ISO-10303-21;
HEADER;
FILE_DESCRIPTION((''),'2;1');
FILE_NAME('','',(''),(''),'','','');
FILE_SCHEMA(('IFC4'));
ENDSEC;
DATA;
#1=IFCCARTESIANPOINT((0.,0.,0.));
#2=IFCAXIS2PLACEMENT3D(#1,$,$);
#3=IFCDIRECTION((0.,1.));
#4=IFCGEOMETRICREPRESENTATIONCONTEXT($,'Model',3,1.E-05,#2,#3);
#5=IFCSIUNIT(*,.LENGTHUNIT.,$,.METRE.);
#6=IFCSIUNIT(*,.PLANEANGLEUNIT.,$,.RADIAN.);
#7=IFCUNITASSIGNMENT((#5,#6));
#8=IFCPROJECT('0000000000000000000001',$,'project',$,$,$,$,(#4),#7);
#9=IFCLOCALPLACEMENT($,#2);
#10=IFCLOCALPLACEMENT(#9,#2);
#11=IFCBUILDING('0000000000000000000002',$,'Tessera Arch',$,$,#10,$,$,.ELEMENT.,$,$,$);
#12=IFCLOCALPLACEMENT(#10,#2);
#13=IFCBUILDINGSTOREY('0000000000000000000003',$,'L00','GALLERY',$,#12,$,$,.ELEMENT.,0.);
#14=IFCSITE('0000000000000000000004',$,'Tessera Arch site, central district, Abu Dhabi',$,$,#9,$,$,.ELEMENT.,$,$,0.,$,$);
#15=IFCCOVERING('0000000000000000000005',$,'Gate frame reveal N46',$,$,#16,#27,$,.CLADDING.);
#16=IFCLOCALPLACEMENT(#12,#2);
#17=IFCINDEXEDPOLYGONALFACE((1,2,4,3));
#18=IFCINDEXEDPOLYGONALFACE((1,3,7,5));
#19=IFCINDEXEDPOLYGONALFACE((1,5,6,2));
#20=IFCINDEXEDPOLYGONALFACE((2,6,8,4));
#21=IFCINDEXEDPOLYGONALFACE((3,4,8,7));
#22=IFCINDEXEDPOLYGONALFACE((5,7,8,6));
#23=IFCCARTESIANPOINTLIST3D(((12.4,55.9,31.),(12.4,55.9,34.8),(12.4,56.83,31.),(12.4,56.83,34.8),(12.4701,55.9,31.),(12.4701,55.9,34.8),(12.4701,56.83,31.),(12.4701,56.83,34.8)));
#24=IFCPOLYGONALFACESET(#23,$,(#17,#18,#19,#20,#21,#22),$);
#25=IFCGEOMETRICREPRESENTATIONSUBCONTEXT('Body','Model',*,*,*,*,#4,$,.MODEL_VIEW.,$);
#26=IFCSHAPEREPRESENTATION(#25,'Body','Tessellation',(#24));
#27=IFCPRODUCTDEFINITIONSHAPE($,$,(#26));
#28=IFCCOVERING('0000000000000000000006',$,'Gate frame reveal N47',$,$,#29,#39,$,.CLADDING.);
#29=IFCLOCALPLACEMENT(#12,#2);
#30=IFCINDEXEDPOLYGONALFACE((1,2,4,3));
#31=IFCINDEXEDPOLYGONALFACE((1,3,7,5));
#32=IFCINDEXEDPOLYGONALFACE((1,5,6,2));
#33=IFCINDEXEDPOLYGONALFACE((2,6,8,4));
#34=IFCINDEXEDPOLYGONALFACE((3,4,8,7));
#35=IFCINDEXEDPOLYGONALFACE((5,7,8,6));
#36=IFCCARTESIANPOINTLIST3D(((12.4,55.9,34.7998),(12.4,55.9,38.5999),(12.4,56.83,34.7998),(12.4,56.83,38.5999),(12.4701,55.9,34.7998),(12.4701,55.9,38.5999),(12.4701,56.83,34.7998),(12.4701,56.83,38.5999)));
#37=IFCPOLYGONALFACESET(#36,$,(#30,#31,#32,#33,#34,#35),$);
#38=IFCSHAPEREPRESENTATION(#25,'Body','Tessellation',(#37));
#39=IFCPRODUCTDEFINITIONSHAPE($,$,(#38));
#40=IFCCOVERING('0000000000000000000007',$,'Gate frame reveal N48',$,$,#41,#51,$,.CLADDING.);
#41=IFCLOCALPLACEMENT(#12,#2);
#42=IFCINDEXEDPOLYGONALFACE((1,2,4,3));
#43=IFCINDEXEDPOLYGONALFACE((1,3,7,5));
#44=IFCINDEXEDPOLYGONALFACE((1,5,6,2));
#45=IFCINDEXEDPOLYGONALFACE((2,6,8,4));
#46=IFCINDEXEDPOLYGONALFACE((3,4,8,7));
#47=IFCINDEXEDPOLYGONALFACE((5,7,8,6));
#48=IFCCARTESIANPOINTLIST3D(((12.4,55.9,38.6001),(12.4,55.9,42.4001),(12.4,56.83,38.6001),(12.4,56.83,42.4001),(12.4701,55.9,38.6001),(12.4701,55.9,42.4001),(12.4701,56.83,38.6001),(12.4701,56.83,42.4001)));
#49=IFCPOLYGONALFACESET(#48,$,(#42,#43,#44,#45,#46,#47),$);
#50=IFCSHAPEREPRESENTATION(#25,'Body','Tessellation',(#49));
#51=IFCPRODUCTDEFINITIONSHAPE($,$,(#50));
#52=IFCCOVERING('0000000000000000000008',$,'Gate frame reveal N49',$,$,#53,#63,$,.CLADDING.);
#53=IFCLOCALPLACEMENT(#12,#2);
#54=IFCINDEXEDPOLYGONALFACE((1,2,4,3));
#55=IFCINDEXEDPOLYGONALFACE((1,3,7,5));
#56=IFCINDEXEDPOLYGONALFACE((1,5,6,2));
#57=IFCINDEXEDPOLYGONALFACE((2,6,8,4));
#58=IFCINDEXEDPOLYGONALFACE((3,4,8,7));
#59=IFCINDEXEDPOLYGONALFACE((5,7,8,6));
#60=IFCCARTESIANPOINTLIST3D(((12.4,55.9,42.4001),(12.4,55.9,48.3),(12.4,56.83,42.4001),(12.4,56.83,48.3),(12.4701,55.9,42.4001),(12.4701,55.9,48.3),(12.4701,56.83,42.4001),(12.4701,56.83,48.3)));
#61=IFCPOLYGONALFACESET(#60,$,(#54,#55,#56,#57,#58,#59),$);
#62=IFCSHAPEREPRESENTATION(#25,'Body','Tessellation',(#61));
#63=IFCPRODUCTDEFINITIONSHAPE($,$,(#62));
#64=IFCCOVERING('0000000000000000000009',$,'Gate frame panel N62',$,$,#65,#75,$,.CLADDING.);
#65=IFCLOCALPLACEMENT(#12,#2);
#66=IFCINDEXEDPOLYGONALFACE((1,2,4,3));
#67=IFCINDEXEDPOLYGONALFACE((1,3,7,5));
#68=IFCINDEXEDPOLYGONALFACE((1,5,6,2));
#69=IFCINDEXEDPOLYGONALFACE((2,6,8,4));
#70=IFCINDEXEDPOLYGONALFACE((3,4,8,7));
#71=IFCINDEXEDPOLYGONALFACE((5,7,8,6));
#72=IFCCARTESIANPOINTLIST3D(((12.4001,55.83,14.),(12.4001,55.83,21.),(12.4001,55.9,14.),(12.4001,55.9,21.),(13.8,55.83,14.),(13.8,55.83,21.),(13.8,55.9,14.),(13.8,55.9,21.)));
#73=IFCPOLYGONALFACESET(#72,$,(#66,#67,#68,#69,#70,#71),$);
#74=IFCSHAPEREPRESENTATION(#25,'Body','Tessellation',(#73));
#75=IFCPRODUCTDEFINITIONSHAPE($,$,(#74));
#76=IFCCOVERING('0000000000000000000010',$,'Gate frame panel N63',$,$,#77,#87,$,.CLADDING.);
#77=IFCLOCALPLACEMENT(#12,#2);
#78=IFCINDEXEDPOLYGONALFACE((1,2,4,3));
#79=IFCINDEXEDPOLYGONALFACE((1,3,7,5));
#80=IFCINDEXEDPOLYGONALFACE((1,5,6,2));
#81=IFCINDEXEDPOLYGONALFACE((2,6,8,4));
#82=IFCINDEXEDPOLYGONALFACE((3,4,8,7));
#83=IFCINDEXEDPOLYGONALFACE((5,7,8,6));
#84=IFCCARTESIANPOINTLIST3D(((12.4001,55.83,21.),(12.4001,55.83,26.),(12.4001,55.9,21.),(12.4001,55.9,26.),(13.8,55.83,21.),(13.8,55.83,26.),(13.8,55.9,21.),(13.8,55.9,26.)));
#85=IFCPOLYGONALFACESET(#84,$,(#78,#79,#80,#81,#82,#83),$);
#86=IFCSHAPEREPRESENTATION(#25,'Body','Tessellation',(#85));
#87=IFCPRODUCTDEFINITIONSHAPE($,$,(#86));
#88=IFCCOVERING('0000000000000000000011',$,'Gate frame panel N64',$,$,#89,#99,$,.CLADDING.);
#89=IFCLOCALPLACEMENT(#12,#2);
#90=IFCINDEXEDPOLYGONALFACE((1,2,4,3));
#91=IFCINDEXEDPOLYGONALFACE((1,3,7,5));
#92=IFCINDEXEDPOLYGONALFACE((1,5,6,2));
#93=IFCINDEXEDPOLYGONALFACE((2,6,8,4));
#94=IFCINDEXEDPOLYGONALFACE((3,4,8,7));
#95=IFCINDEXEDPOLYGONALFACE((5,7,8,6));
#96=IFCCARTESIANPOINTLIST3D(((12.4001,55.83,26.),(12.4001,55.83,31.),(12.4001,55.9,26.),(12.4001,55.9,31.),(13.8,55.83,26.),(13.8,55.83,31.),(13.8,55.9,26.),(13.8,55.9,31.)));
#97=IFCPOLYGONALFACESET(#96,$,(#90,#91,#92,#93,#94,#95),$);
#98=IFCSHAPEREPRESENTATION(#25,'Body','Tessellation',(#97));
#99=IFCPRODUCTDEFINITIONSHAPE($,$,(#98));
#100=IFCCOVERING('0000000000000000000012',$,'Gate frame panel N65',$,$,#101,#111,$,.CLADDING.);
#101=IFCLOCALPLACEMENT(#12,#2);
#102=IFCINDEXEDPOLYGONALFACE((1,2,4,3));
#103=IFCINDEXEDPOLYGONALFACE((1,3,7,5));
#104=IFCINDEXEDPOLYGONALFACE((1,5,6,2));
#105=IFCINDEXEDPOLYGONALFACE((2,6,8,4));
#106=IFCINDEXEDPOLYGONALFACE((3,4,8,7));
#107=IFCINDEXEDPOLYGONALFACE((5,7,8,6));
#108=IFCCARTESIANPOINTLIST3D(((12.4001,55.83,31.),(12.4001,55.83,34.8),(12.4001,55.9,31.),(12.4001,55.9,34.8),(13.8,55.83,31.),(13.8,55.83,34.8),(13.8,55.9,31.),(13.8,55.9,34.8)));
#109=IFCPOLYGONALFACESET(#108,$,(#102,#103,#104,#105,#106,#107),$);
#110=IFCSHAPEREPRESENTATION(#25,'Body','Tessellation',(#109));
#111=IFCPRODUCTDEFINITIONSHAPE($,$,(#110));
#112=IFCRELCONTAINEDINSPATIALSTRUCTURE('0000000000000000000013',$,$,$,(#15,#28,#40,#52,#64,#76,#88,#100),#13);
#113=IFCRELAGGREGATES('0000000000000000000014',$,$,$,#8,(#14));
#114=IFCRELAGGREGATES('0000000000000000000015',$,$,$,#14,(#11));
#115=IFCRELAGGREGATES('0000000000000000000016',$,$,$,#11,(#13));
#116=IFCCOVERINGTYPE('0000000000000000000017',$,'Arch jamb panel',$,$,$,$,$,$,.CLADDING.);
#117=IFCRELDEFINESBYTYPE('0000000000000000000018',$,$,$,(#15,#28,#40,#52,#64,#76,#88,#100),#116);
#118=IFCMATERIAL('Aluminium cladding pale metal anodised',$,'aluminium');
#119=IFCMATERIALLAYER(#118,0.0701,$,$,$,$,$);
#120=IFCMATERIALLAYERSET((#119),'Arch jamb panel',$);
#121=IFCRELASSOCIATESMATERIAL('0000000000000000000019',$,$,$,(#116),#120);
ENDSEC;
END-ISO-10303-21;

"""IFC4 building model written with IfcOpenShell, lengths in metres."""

from ifc_helpers import new_model, si_unit, direction, frame, origin, origin_2d, place, context, subcontext, project, spatial, rectangle, extrude, material, layer, layer_set, type_object, element, save


model = new_model("IFC4")

# Units and contexts
model_context = context("Model", 3, precision=1e-05, world=origin(), true_north=direction((0.0, 1.0)))
body_context = subcontext(model_context, "Body", "Model", "MODEL_VIEW")
ifc_project = project(units=[si_unit("LENGTHUNIT", "METRE"), si_unit("PLANEANGLEUNIT", "RADIAN")], contexts=[model_context])

# Site, building, storey
site_placement = place(None, origin())
site = spatial("IfcSite", under=ifc_project, at=site_placement, Name="Tessera Arch site, central district, Abu Dhabi", CompositionType="ELEMENT", RefElevation=0.0)
building_placement = place(site_placement, origin())
building = spatial("IfcBuilding", under=site, at=building_placement, Name="Tessera Arch", CompositionType="ELEMENT")
storey_placement = place(building_placement, origin())
storey = spatial("IfcBuildingStorey", under=building, at=storey_placement, Name="L00", Description="GALLERY", CompositionType="ELEMENT", Elevation=0.0)

# Coverings
ifc_material = material(Name="Aluminium cladding pale metal anodised", Category="aluminium")
ifc_layer = layer(ifc_material, 0.0701)
ifc_layer_set = layer_set([ifc_layer], Name="Arch jamb panel")
covering_type = type_object("IfcCoveringType", Name="Arch jamb panel", PredefinedType="CLADDING", material=ifc_layer_set)
for number, where, z_axis, x_axis, name in (
    (1, (12.4351, 56.365, 31.0), (0.0, 0.0, 1.0), (1.0, 0.0, 0.0), "Gate frame reveal N46"),
    (2, (12.4351, 56.365, 34.7998), (0.0, 0.0, 1.0), (1.0, 0.0, 0.0), "Gate frame reveal N47"),
    (3, (12.4351, 56.365, 38.6001), (0.0, 0.0, 1.0), (1.0, 0.0, 0.0), "Gate frame reveal N48"),
):
    element("IfcCovering", number, at=place(storey_placement, frame(where, z_axis=z_axis, x_axis=x_axis)), inside=storey, type_object=covering_type, Name=name, PredefinedType="CLADDING", context=body_context, shape_type="SweptSolid", body=[
        extrude(rectangle(XDim=0.0701, YDim=0.9299, at=origin_2d()), origin(), (0.0, 0.0, 1.0), 3.8),
    ])
covering_1_placement = place(storey_placement, frame((12.4351, 56.365, 42.4001), z_axis=(0.0, 0.0, 1.0), x_axis=(1.0, 0.0, 0.0)))
element("IfcCovering", 4, at=covering_1_placement, inside=storey, type_object=covering_type, Name="Gate frame reveal N49", PredefinedType="CLADDING", context=body_context, shape_type="SweptSolid", body=[
    extrude(rectangle(XDim=0.0701, YDim=0.9299, at=origin_2d()), origin(), (0.0, 0.0, 1.0), 5.8999),
])
covering_2_placement = place(storey_placement, frame((13.1001, 55.865, 14.0), z_axis=(0.0, 0.0, 1.0), x_axis=(1.0, 0.0, 0.0)))
element("IfcCovering", 5, at=covering_2_placement, inside=storey, type_object=covering_type, Name="Gate frame panel N62", PredefinedType="CLADDING", context=body_context, shape_type="SweptSolid", body=[
    extrude(rectangle(XDim=1.3999, YDim=0.0701, at=origin_2d()), origin(), (0.0, 0.0, 1.0), 7.0),
])
for number, where, z_axis, x_axis, name in (
    (6, (13.1001, 55.865, 21.0), (0.0, 0.0, 1.0), (1.0, 0.0, 0.0), "Gate frame panel N63"),
    (7, (13.1001, 55.865, 26.0), (0.0, 0.0, 1.0), (1.0, 0.0, 0.0), "Gate frame panel N64"),
):
    element("IfcCovering", number, at=place(storey_placement, frame(where, z_axis=z_axis, x_axis=x_axis)), inside=storey, type_object=covering_type, Name=name, PredefinedType="CLADDING", context=body_context, shape_type="SweptSolid", body=[
        extrude(rectangle(XDim=1.3999, YDim=0.0701, at=origin_2d()), origin(), (0.0, 0.0, 1.0), 5.0),
    ])
covering_3_placement = place(storey_placement, frame((13.1001, 55.865, 31.0), z_axis=(0.0, 0.0, 1.0), x_axis=(1.0, 0.0, 0.0)))
element("IfcCovering", 8, at=covering_3_placement, inside=storey, type_object=covering_type, Name="Gate frame panel N65", PredefinedType="CLADDING", context=body_context, shape_type="SweptSolid", body=[
    extrude(rectangle(XDim=1.3999, YDim=0.0701, at=origin_2d()), origin(), (0.0, 0.0, 1.0), 3.8),
])

save(model, "model.ifc")
